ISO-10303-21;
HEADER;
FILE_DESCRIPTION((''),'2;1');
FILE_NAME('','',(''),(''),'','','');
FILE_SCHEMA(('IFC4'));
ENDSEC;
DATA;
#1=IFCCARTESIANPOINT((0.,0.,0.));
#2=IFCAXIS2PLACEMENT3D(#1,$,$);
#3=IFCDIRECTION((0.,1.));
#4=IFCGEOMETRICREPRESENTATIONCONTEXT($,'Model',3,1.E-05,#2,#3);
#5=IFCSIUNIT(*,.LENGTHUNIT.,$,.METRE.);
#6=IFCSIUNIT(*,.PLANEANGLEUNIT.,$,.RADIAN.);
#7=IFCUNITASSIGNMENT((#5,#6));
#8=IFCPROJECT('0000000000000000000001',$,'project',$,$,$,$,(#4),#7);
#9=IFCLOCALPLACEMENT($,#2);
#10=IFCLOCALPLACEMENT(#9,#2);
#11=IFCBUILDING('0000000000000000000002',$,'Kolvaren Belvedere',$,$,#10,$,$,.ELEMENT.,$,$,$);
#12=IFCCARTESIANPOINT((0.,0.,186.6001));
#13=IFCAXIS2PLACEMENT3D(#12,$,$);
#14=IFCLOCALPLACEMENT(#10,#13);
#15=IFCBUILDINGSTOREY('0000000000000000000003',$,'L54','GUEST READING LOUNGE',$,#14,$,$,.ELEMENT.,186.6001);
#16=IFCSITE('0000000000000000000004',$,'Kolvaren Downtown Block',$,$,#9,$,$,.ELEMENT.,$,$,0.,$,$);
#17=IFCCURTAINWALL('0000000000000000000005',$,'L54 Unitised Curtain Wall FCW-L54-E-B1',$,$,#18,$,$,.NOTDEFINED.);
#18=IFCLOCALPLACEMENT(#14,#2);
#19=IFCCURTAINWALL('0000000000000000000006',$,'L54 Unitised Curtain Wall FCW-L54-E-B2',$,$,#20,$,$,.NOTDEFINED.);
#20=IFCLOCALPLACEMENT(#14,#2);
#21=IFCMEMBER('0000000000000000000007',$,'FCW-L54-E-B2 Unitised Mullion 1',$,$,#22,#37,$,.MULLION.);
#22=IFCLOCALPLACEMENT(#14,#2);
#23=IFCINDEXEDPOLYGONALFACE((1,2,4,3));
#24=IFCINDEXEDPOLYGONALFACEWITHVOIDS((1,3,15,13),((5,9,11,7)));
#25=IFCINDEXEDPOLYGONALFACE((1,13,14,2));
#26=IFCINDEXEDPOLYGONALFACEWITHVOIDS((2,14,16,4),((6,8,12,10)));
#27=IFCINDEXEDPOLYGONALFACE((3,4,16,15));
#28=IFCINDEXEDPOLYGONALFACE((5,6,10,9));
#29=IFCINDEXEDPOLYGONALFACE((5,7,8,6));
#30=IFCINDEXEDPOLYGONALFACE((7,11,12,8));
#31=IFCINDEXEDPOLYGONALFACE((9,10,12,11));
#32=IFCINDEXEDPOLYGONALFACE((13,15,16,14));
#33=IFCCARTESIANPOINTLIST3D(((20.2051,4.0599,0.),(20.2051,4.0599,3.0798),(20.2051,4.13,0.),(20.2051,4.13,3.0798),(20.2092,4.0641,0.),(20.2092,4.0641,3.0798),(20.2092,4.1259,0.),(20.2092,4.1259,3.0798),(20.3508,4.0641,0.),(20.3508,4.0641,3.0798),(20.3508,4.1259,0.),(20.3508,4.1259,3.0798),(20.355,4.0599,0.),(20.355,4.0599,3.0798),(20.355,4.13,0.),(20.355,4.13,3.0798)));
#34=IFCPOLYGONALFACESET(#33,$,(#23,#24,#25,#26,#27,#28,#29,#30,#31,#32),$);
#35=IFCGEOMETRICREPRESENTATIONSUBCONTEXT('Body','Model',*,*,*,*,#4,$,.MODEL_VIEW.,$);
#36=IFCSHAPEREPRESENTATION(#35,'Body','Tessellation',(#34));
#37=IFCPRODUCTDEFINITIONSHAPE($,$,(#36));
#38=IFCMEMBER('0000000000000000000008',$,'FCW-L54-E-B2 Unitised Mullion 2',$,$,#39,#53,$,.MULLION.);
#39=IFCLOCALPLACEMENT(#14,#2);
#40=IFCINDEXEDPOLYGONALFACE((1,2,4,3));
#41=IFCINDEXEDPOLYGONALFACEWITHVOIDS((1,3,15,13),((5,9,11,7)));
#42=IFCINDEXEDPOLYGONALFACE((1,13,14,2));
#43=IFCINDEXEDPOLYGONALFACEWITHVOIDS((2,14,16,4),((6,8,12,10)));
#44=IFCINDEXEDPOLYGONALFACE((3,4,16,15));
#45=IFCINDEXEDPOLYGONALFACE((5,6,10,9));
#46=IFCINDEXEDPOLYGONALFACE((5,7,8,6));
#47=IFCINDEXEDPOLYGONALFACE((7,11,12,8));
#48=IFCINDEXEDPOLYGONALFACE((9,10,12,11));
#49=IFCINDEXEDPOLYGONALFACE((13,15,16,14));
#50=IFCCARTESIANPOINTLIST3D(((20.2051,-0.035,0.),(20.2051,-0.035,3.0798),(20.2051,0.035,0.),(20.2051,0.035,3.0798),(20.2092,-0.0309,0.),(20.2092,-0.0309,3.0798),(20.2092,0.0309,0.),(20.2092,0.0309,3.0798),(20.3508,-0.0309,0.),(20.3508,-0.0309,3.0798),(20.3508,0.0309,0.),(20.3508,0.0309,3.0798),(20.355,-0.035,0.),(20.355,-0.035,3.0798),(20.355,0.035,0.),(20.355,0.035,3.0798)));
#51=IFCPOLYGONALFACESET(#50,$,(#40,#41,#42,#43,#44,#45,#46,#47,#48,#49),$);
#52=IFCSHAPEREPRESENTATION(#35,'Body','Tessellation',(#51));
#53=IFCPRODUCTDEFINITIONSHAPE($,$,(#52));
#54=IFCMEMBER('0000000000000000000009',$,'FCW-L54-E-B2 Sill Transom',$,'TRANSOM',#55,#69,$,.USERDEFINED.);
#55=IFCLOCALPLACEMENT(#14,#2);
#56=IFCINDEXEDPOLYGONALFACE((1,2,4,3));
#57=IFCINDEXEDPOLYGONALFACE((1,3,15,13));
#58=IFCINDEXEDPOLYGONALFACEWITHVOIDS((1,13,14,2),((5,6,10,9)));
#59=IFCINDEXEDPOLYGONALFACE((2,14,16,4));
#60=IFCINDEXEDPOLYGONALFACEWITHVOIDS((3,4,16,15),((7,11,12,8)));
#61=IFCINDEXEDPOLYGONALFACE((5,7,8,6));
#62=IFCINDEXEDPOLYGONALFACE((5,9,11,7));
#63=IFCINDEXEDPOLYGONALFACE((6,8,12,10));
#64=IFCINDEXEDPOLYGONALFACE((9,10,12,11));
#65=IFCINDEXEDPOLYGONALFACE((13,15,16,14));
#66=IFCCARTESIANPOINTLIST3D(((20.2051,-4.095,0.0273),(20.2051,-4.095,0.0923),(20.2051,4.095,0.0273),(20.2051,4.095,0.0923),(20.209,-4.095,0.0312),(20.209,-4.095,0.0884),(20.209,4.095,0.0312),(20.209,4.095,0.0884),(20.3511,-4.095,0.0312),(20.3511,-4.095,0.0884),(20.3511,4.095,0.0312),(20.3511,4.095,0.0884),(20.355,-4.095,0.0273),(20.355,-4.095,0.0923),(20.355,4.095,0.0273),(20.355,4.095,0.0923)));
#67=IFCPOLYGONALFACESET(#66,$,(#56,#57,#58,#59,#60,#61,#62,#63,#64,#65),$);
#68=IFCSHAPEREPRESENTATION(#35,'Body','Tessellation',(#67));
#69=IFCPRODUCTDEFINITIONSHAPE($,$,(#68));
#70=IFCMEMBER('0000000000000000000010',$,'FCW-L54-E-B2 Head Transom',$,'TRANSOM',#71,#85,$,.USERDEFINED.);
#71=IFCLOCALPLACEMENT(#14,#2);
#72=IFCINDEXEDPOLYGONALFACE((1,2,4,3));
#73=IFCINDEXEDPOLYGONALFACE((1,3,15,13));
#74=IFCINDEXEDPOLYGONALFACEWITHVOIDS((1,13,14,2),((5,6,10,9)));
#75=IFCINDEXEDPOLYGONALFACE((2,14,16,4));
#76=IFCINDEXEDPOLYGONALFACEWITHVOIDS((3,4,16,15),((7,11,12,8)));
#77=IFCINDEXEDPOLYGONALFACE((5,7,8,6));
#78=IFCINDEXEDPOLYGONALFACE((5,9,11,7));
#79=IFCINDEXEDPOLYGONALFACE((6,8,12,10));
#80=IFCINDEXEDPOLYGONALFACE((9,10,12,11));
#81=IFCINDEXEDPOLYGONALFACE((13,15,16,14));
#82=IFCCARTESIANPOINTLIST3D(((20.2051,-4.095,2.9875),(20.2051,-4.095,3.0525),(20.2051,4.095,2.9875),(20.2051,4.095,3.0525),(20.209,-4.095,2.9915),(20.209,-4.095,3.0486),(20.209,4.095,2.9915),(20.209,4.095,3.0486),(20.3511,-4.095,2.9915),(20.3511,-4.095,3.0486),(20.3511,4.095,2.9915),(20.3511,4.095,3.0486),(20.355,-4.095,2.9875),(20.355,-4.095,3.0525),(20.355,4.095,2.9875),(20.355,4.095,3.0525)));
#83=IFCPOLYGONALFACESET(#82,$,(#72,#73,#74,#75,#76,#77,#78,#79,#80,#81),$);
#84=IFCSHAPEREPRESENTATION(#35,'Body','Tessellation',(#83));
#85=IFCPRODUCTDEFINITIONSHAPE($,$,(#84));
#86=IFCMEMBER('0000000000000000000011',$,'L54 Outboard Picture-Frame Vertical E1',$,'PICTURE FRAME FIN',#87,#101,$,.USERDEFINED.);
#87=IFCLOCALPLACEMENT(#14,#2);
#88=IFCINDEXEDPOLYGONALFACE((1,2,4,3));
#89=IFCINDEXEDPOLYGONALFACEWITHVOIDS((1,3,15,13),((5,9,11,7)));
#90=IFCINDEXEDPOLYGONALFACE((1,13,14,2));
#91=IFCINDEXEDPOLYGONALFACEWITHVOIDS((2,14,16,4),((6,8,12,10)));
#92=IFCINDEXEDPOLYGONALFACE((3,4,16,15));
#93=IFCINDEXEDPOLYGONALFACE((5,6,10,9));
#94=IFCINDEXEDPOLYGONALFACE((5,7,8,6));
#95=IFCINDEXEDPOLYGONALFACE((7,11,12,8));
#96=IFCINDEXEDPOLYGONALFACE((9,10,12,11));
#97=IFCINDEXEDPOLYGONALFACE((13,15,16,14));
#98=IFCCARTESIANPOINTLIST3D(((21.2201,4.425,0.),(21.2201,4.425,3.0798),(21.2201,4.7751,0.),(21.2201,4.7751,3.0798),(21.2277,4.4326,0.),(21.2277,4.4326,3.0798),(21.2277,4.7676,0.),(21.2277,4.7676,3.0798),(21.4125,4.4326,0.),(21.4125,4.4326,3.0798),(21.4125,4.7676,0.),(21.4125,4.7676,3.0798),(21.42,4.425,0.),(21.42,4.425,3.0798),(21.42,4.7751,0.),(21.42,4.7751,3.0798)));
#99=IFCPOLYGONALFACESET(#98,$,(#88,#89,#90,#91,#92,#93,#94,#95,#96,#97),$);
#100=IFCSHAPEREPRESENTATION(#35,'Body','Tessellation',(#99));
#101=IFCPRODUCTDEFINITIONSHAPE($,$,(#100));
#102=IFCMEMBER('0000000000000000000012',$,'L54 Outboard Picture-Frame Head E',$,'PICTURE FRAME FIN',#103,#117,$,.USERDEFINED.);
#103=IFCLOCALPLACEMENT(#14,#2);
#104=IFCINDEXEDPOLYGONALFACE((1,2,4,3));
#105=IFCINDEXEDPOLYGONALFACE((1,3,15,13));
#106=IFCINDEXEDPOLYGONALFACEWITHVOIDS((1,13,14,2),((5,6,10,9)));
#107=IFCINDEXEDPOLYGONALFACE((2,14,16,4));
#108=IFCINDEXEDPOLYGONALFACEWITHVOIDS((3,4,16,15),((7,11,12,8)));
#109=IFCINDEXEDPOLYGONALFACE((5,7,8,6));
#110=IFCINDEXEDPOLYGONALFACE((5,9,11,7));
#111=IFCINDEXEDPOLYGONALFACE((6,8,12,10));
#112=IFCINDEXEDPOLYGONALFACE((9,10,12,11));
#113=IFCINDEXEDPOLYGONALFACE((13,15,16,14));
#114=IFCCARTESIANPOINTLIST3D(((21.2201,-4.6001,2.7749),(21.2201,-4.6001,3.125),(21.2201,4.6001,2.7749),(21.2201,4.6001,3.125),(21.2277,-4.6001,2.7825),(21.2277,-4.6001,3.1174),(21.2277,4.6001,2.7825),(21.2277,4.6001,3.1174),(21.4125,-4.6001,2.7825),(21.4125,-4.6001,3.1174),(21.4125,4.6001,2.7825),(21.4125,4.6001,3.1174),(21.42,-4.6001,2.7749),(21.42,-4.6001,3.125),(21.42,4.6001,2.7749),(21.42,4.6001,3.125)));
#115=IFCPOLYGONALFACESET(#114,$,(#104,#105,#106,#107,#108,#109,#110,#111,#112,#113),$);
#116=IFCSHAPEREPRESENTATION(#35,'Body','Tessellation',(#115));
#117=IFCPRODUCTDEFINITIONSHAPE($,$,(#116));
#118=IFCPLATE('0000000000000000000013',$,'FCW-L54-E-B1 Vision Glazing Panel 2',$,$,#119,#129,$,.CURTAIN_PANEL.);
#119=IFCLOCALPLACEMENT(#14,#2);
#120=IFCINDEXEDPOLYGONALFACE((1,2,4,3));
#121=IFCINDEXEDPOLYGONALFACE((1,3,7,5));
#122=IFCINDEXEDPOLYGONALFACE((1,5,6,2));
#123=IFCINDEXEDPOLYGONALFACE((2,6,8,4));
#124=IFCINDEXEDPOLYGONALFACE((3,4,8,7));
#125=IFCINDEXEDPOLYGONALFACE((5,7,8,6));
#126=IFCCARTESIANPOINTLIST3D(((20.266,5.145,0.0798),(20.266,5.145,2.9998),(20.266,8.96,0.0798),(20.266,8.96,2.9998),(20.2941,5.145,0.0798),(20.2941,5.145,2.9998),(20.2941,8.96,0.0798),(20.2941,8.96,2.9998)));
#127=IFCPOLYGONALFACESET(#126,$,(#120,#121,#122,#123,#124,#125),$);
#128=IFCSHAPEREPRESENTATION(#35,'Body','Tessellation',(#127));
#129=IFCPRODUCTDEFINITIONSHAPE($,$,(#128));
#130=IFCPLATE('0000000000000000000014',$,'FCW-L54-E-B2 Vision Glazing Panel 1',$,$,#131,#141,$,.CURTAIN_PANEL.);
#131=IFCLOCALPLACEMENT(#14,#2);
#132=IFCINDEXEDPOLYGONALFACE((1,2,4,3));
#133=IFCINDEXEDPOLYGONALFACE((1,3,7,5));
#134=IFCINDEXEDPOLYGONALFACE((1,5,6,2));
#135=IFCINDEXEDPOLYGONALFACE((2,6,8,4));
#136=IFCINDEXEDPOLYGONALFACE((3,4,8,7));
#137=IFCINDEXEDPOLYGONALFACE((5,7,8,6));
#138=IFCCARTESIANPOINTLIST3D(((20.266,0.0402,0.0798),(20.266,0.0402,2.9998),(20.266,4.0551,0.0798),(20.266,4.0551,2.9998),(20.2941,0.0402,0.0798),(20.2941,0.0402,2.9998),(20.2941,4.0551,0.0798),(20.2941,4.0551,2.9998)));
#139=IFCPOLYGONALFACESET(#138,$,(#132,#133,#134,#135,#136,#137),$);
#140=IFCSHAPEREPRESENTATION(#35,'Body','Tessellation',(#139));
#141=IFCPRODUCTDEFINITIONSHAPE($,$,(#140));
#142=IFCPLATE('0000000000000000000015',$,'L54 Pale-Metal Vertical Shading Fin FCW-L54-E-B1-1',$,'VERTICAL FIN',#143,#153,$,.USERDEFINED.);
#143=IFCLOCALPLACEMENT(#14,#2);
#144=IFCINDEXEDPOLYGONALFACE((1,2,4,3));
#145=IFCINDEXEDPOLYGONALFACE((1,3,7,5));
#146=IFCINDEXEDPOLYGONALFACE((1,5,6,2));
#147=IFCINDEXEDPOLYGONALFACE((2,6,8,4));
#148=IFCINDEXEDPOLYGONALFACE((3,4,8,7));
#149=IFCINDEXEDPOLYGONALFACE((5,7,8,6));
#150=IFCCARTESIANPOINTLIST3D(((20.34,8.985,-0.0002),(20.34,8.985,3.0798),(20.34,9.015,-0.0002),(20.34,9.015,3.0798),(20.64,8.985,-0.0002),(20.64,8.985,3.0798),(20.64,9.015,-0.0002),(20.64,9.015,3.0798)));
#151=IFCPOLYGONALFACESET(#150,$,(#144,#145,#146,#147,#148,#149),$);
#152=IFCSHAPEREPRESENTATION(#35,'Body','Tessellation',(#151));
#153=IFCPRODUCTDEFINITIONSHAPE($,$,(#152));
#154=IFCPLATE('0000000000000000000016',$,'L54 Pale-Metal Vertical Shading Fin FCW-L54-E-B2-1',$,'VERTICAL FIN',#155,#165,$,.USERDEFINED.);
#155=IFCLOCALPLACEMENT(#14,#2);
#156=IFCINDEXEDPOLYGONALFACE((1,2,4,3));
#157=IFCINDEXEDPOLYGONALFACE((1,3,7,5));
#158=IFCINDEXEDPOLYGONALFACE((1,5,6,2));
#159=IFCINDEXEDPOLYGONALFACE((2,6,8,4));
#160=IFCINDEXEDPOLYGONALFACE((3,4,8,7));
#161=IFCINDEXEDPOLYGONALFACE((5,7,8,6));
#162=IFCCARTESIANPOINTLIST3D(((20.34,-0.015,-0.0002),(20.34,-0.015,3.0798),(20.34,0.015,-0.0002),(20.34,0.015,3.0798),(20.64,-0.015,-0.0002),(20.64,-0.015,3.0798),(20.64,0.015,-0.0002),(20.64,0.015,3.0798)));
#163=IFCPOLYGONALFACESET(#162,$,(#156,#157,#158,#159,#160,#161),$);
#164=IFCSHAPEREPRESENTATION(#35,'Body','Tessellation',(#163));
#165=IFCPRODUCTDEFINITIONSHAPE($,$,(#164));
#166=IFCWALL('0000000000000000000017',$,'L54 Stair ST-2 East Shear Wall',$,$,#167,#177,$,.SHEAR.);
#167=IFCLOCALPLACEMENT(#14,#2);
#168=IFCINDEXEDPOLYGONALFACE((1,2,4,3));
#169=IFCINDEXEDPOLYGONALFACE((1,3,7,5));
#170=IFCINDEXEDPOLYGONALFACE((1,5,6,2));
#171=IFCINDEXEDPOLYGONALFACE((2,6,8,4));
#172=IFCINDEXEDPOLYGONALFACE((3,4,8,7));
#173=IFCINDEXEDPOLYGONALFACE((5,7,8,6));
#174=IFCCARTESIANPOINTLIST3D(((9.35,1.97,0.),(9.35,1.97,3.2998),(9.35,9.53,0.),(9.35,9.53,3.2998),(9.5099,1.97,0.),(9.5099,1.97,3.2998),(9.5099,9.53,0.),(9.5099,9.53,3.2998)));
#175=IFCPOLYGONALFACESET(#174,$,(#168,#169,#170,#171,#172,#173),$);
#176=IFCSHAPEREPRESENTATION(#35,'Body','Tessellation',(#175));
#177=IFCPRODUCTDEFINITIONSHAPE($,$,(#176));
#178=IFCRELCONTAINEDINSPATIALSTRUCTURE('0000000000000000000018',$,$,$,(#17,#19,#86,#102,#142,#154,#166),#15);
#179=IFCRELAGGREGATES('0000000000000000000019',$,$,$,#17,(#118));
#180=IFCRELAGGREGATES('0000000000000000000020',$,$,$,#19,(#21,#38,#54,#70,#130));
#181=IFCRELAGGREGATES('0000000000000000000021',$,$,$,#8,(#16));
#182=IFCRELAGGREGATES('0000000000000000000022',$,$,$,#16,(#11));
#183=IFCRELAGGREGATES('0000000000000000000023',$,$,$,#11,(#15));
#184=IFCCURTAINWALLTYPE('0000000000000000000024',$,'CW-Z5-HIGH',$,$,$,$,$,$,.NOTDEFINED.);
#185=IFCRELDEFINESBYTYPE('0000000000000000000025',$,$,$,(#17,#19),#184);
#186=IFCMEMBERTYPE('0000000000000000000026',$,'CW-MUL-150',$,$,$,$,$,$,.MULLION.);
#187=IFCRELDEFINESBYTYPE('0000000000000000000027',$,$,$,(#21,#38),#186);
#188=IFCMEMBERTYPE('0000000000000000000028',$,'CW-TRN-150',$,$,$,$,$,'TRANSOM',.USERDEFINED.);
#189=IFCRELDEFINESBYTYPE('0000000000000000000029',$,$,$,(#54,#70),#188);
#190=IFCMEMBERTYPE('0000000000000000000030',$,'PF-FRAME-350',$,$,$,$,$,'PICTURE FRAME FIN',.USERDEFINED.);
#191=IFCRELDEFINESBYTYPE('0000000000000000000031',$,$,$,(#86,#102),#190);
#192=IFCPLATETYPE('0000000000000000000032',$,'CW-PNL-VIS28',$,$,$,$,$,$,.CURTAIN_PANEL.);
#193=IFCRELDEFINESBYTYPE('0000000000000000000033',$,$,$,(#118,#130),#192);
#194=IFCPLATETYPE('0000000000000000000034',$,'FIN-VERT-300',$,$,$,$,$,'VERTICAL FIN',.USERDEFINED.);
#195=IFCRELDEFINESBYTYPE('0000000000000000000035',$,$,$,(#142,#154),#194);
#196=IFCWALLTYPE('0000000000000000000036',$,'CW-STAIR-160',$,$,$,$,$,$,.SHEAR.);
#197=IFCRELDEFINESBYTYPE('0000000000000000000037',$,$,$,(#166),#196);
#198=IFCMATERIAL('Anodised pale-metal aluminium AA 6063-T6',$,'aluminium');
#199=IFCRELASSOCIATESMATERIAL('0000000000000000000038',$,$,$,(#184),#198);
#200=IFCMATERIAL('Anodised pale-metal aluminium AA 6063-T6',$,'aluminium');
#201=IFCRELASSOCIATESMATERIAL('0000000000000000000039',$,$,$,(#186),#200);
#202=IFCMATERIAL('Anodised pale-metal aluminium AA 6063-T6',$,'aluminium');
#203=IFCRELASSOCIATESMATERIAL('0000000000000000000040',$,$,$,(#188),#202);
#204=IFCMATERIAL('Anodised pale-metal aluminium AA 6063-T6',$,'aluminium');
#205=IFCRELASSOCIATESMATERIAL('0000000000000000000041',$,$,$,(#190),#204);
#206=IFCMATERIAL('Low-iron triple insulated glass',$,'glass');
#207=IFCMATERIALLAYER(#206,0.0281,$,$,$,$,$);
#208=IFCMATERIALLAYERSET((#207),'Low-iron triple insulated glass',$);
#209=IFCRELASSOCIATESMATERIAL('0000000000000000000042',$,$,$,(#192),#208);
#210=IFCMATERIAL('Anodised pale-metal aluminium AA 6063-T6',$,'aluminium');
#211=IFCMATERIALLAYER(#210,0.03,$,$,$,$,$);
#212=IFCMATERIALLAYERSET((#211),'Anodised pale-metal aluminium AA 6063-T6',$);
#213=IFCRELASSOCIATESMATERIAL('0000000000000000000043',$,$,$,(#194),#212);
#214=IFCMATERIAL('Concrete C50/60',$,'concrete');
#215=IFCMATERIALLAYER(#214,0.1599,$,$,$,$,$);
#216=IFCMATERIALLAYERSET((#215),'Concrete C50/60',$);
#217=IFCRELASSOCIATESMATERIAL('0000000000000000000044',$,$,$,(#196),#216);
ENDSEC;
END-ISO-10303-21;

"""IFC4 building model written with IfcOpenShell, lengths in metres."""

from ifc_helpers import new_model, si_unit, direction, frame, frame_2d, origin, origin_2d, place, context, subcontext, project, spatial, rectangle, hollow_rectangle, extrude, material, layer, layer_set, material_profile, profile_set, type_object, element, aggregate, save


model = new_model("IFC4")

# Units and contexts
model_context = context("Model", 3, precision=1e-05, world=origin(), true_north=direction((0.0, 1.0)))
body_context = subcontext(model_context, "Body", "Model", "MODEL_VIEW")
ifc_project = project(units=[si_unit("LENGTHUNIT", "METRE"), si_unit("PLANEANGLEUNIT", "RADIAN")], contexts=[model_context])

# Site, building, storey
site_placement = place(None, origin())
site = spatial("IfcSite", under=ifc_project, at=site_placement, Name="Kolvaren Downtown Block", CompositionType="ELEMENT", RefElevation=0.0)
building_placement = place(site_placement, origin())
building = spatial("IfcBuilding", under=site, at=building_placement, Name="Kolvaren Belvedere", CompositionType="ELEMENT")
storey_placement = place(building_placement, frame((0.0, 0.0, 186.6001)))
storey = spatial("IfcBuildingStorey", under=building, at=storey_placement, Name="L54", Description="GUEST READING LOUNGE", CompositionType="ELEMENT", Elevation=186.6001)

# Curtain walls, members
ifc_material_1 = material(Name="Anodised pale-metal aluminium AA 6063-T6", Category="aluminium")
curtain_wall_type = type_object("IfcCurtainWallType", Name="CW-Z5-HIGH", PredefinedType="NOTDEFINED", material=ifc_material_1)
curtain_wall_1_placement = place(storey_placement, origin())
curtain_wall_1 = element("IfcCurtainWall", 1, at=curtain_wall_1_placement, inside=storey, type_object=curtain_wall_type, Name="L54 Unitised Curtain Wall FCW-L54-E-B1", PredefinedType="NOTDEFINED")
ifc_material_2 = material(Name="Anodised pale-metal aluminium AA 6063-T6", Category="aluminium")
ifc_material_profile_1 = material_profile(ifc_material_2, hollow_rectangle(XDim=0.0701, YDim=0.1499, WallThickness=0.0042, at=origin_2d()), Name="ALU-MUL-150X70")
ifc_profile_set_1 = profile_set([ifc_material_profile_1], Name="Anodised pale-metal aluminium AA 6063-T6")
member_type_1 = type_object("IfcMemberType", Name="CW-MUL-150", PredefinedType="MULLION", material=ifc_profile_set_1)
curtain_wall_2_placement = place(storey_placement, origin())
curtain_wall_2 = element("IfcCurtainWall", 2, at=curtain_wall_2_placement, inside=storey, type_object=curtain_wall_type, Name="L54 Unitised Curtain Wall FCW-L54-E-B2", PredefinedType="NOTDEFINED")
member_1_placement = place(storey_placement, frame((20.28, 4.095, 0.0), z_axis=(0.0, 0.0, 1.0), x_axis=(0.0, 1.0, 0.0)))
member_1 = element("IfcMember", 3, at=member_1_placement, type_object=member_type_1, Name="FCW-L54-E-B2 Unitised Mullion 1", PredefinedType="MULLION", context=body_context, shape_type="SweptSolid", body=[
    extrude(hollow_rectangle(XDim=0.0701, YDim=0.1499, WallThickness=0.0042, at=origin_2d()), origin(), (0.0, 0.0, 1.0), 3.0798),
])
member_2_placement = place(storey_placement, frame((20.28, 0.0, 0.0), z_axis=(0.0, 0.0, 1.0), x_axis=(0.0, 1.0, 0.0)))
member_2 = element("IfcMember", 4, at=member_2_placement, type_object=member_type_1, Name="FCW-L54-E-B2 Unitised Mullion 2", PredefinedType="MULLION", context=body_context, shape_type="SweptSolid", body=[
    extrude(hollow_rectangle(XDim=0.0701, YDim=0.1499, WallThickness=0.0042, at=origin_2d()), origin(), (0.0, 0.0, 1.0), 3.0798),
])
ifc_material_3 = material(Name="Anodised pale-metal aluminium AA 6063-T6", Category="aluminium")
ifc_material_profile_2 = material_profile(ifc_material_3, hollow_rectangle(XDim=0.0649, YDim=0.1499, WallThickness=0.0039, at=origin_2d()), Name="ALU-TRN-150X65")
ifc_profile_set_2 = profile_set([ifc_material_profile_2], Name="Anodised pale-metal aluminium AA 6063-T6")
member_type_2 = type_object("IfcMemberType", Name="CW-TRN-150", ElementType="TRANSOM", PredefinedType="USERDEFINED", material=ifc_profile_set_2)
member_3_placement = place(storey_placement, frame((20.28, 4.095, 0.0598), z_axis=(0.0, -1.0, 0.0), x_axis=(0.0, 0.0, 1.0)))
member_3 = element("IfcMember", 5, at=member_3_placement, type_object=member_type_2, Name="FCW-L54-E-B2 Sill Transom", ObjectType="TRANSOM", PredefinedType="USERDEFINED", context=body_context, shape_type="SweptSolid", body=[
    extrude(hollow_rectangle(XDim=0.0649, YDim=0.1499, WallThickness=0.0039, at=origin_2d()), origin(), (0.0, 0.0, 1.0), 8.1899),
])
member_4_placement = place(storey_placement, frame((20.28, 4.095, 3.02), z_axis=(0.0, -1.0, 0.0), x_axis=(0.0, 0.0, 1.0)))
member_4 = element("IfcMember", 6, at=member_4_placement, type_object=member_type_2, Name="FCW-L54-E-B2 Head Transom", ObjectType="TRANSOM", PredefinedType="USERDEFINED", context=body_context, shape_type="SweptSolid", body=[
    extrude(hollow_rectangle(XDim=0.0649, YDim=0.1499, WallThickness=0.0039, at=origin_2d()), origin(), (0.0, 0.0, 1.0), 8.1899),
])

# Members
ifc_material_4 = material(Name="Anodised pale-metal aluminium AA 6063-T6", Category="aluminium")
ifc_material_profile_3 = material_profile(ifc_material_4, hollow_rectangle(XDim=0.2, YDim=0.3501, WallThickness=0.0076, at=origin_2d()), Name="ALU-PF-350X200")
ifc_profile_set_3 = profile_set([ifc_material_profile_3], Name="Anodised pale-metal aluminium AA 6063-T6")
member_type_3 = type_object("IfcMemberType", Name="PF-FRAME-350", ElementType="PICTURE FRAME FIN", PredefinedType="USERDEFINED", material=ifc_profile_set_3)
member_5_placement = place(storey_placement, frame((21.3201, 4.6001, 0.0), z_axis=(0.0, 0.0, 1.0), x_axis=(1.0, 0.0, 0.0)))
element("IfcMember", 7, at=member_5_placement, inside=storey, type_object=member_type_3, Name="L54 Outboard Picture-Frame Vertical E1", ObjectType="PICTURE FRAME FIN", PredefinedType="USERDEFINED", context=body_context, shape_type="SweptSolid", body=[
    extrude(hollow_rectangle(XDim=0.2, YDim=0.3501, WallThickness=0.0076, at=origin_2d()), origin(), (0.0, 0.0, 1.0), 3.0798),
])
member_6_placement = place(storey_placement, frame((21.3201, 4.6001, 2.95), z_axis=(0.0, -1.0, 0.0), x_axis=(1.0, 0.0, 0.0)))
element("IfcMember", 8, at=member_6_placement, inside=storey, type_object=member_type_3, Name="L54 Outboard Picture-Frame Head E", ObjectType="PICTURE FRAME FIN", PredefinedType="USERDEFINED", context=body_context, shape_type="SweptSolid", body=[
    extrude(hollow_rectangle(XDim=0.2, YDim=0.3501, WallThickness=0.0076, at=origin_2d()), origin(), (0.0, 0.0, 1.0), 9.2002),
])

# Plates
ifc_material_5 = material(Name="Low-iron triple insulated glass", Category="glass")
ifc_layer_1 = layer(ifc_material_5, 0.0281)
ifc_layer_set_1 = layer_set([ifc_layer_1], Name="Low-iron triple insulated glass")
plate_type_1 = type_object("IfcPlateType", Name="CW-PNL-VIS28", PredefinedType="CURTAIN_PANEL", material=ifc_layer_set_1)
plate_1_placement = place(storey_placement, frame((20.28, 7.0525, 0.0798), z_axis=(0.0, 0.0, 1.0), x_axis=(0.0, -1.0, 0.0)))
plate_1 = element("IfcPlate", 9, at=plate_1_placement, type_object=plate_type_1, Name="FCW-L54-E-B1 Vision Glazing Panel 2", PredefinedType="CURTAIN_PANEL", context=body_context, shape_type="SweptSolid", body=[
    extrude(rectangle(XDim=3.8149, YDim=0.0281, at=origin_2d()), origin(), (0.0, 0.0, 1.0), 2.9199),
])
aggregate(curtain_wall_1, [plate_1])
plate_2_placement = place(storey_placement, frame((20.28, 2.0476, 0.0798), z_axis=(0.0, 0.0, 1.0), x_axis=(0.0, -1.0, 0.0)))
plate_2 = element("IfcPlate", 10, at=plate_2_placement, type_object=plate_type_1, Name="FCW-L54-E-B2 Vision Glazing Panel 1", PredefinedType="CURTAIN_PANEL", context=body_context, shape_type="SweptSolid", body=[
    extrude(rectangle(XDim=4.0149, YDim=0.0281, at=origin_2d()), origin(), (0.0, 0.0, 1.0), 2.9199),
])
aggregate(curtain_wall_2, [member_1, member_2, member_3, member_4, plate_2])

# Plates
ifc_material_6 = material(Name="Anodised pale-metal aluminium AA 6063-T6", Category="aluminium")
ifc_layer_2 = layer(ifc_material_6, 0.03)
ifc_layer_set_2 = layer_set([ifc_layer_2], Name="Anodised pale-metal aluminium AA 6063-T6")
plate_type_2 = type_object("IfcPlateType", Name="FIN-VERT-300", ElementType="VERTICAL FIN", PredefinedType="USERDEFINED", material=ifc_layer_set_2)
for number, where, z_axis, x_axis, name in (
    (11, (20.49, 9.0, -0.0002), (0.0, 0.0, 1.0), (1.0, 0.0, 0.0), "L54 Pale-Metal Vertical Shading Fin FCW-L54-E-B1-1"),
    (12, (20.49, 0.0, -0.0002), (0.0, 0.0, 1.0), (1.0, 0.0, 0.0), "L54 Pale-Metal Vertical Shading Fin FCW-L54-E-B2-1"),
):
    element("IfcPlate", number, at=place(storey_placement, frame(where, z_axis=z_axis, x_axis=x_axis)), inside=storey, type_object=plate_type_2, Name=name, ObjectType="VERTICAL FIN", PredefinedType="USERDEFINED", context=body_context, shape_type="SweptSolid", body=[
        extrude(rectangle(XDim=0.3, YDim=0.03, at=origin_2d()), origin(), (0.0, 0.0, 1.0), 3.0801),
    ])

# Wall
ifc_material_7 = material(Name="Concrete C50/60", Category="concrete")
ifc_layer_3 = layer(ifc_material_7, 0.1599)
ifc_layer_set_3 = layer_set([ifc_layer_3], Name="Concrete C50/60")
wall_type_1 = type_object("IfcWallType", Name="CW-STAIR-160", PredefinedType="SHEAR", material=ifc_layer_set_3)
wall_1_placement = place(storey_placement, frame((9.4299, 1.97, 0.0), z_axis=(0.0, 0.0, 1.0), x_axis=(0.0, 1.0, 0.0)))
element("IfcWall", 13, at=wall_1_placement, inside=storey, type_object=wall_type_1, Name="L54 Stair ST-2 East Shear Wall", PredefinedType="SHEAR", context=body_context, shape_type="SweptSolid", body=[
    extrude(rectangle(XDim=7.5601, YDim=0.1599, at=frame_2d((3.78, 0.0))), origin(), (0.0, 0.0, 1.0), 3.2998),
])

save(model, "model.ifc")
